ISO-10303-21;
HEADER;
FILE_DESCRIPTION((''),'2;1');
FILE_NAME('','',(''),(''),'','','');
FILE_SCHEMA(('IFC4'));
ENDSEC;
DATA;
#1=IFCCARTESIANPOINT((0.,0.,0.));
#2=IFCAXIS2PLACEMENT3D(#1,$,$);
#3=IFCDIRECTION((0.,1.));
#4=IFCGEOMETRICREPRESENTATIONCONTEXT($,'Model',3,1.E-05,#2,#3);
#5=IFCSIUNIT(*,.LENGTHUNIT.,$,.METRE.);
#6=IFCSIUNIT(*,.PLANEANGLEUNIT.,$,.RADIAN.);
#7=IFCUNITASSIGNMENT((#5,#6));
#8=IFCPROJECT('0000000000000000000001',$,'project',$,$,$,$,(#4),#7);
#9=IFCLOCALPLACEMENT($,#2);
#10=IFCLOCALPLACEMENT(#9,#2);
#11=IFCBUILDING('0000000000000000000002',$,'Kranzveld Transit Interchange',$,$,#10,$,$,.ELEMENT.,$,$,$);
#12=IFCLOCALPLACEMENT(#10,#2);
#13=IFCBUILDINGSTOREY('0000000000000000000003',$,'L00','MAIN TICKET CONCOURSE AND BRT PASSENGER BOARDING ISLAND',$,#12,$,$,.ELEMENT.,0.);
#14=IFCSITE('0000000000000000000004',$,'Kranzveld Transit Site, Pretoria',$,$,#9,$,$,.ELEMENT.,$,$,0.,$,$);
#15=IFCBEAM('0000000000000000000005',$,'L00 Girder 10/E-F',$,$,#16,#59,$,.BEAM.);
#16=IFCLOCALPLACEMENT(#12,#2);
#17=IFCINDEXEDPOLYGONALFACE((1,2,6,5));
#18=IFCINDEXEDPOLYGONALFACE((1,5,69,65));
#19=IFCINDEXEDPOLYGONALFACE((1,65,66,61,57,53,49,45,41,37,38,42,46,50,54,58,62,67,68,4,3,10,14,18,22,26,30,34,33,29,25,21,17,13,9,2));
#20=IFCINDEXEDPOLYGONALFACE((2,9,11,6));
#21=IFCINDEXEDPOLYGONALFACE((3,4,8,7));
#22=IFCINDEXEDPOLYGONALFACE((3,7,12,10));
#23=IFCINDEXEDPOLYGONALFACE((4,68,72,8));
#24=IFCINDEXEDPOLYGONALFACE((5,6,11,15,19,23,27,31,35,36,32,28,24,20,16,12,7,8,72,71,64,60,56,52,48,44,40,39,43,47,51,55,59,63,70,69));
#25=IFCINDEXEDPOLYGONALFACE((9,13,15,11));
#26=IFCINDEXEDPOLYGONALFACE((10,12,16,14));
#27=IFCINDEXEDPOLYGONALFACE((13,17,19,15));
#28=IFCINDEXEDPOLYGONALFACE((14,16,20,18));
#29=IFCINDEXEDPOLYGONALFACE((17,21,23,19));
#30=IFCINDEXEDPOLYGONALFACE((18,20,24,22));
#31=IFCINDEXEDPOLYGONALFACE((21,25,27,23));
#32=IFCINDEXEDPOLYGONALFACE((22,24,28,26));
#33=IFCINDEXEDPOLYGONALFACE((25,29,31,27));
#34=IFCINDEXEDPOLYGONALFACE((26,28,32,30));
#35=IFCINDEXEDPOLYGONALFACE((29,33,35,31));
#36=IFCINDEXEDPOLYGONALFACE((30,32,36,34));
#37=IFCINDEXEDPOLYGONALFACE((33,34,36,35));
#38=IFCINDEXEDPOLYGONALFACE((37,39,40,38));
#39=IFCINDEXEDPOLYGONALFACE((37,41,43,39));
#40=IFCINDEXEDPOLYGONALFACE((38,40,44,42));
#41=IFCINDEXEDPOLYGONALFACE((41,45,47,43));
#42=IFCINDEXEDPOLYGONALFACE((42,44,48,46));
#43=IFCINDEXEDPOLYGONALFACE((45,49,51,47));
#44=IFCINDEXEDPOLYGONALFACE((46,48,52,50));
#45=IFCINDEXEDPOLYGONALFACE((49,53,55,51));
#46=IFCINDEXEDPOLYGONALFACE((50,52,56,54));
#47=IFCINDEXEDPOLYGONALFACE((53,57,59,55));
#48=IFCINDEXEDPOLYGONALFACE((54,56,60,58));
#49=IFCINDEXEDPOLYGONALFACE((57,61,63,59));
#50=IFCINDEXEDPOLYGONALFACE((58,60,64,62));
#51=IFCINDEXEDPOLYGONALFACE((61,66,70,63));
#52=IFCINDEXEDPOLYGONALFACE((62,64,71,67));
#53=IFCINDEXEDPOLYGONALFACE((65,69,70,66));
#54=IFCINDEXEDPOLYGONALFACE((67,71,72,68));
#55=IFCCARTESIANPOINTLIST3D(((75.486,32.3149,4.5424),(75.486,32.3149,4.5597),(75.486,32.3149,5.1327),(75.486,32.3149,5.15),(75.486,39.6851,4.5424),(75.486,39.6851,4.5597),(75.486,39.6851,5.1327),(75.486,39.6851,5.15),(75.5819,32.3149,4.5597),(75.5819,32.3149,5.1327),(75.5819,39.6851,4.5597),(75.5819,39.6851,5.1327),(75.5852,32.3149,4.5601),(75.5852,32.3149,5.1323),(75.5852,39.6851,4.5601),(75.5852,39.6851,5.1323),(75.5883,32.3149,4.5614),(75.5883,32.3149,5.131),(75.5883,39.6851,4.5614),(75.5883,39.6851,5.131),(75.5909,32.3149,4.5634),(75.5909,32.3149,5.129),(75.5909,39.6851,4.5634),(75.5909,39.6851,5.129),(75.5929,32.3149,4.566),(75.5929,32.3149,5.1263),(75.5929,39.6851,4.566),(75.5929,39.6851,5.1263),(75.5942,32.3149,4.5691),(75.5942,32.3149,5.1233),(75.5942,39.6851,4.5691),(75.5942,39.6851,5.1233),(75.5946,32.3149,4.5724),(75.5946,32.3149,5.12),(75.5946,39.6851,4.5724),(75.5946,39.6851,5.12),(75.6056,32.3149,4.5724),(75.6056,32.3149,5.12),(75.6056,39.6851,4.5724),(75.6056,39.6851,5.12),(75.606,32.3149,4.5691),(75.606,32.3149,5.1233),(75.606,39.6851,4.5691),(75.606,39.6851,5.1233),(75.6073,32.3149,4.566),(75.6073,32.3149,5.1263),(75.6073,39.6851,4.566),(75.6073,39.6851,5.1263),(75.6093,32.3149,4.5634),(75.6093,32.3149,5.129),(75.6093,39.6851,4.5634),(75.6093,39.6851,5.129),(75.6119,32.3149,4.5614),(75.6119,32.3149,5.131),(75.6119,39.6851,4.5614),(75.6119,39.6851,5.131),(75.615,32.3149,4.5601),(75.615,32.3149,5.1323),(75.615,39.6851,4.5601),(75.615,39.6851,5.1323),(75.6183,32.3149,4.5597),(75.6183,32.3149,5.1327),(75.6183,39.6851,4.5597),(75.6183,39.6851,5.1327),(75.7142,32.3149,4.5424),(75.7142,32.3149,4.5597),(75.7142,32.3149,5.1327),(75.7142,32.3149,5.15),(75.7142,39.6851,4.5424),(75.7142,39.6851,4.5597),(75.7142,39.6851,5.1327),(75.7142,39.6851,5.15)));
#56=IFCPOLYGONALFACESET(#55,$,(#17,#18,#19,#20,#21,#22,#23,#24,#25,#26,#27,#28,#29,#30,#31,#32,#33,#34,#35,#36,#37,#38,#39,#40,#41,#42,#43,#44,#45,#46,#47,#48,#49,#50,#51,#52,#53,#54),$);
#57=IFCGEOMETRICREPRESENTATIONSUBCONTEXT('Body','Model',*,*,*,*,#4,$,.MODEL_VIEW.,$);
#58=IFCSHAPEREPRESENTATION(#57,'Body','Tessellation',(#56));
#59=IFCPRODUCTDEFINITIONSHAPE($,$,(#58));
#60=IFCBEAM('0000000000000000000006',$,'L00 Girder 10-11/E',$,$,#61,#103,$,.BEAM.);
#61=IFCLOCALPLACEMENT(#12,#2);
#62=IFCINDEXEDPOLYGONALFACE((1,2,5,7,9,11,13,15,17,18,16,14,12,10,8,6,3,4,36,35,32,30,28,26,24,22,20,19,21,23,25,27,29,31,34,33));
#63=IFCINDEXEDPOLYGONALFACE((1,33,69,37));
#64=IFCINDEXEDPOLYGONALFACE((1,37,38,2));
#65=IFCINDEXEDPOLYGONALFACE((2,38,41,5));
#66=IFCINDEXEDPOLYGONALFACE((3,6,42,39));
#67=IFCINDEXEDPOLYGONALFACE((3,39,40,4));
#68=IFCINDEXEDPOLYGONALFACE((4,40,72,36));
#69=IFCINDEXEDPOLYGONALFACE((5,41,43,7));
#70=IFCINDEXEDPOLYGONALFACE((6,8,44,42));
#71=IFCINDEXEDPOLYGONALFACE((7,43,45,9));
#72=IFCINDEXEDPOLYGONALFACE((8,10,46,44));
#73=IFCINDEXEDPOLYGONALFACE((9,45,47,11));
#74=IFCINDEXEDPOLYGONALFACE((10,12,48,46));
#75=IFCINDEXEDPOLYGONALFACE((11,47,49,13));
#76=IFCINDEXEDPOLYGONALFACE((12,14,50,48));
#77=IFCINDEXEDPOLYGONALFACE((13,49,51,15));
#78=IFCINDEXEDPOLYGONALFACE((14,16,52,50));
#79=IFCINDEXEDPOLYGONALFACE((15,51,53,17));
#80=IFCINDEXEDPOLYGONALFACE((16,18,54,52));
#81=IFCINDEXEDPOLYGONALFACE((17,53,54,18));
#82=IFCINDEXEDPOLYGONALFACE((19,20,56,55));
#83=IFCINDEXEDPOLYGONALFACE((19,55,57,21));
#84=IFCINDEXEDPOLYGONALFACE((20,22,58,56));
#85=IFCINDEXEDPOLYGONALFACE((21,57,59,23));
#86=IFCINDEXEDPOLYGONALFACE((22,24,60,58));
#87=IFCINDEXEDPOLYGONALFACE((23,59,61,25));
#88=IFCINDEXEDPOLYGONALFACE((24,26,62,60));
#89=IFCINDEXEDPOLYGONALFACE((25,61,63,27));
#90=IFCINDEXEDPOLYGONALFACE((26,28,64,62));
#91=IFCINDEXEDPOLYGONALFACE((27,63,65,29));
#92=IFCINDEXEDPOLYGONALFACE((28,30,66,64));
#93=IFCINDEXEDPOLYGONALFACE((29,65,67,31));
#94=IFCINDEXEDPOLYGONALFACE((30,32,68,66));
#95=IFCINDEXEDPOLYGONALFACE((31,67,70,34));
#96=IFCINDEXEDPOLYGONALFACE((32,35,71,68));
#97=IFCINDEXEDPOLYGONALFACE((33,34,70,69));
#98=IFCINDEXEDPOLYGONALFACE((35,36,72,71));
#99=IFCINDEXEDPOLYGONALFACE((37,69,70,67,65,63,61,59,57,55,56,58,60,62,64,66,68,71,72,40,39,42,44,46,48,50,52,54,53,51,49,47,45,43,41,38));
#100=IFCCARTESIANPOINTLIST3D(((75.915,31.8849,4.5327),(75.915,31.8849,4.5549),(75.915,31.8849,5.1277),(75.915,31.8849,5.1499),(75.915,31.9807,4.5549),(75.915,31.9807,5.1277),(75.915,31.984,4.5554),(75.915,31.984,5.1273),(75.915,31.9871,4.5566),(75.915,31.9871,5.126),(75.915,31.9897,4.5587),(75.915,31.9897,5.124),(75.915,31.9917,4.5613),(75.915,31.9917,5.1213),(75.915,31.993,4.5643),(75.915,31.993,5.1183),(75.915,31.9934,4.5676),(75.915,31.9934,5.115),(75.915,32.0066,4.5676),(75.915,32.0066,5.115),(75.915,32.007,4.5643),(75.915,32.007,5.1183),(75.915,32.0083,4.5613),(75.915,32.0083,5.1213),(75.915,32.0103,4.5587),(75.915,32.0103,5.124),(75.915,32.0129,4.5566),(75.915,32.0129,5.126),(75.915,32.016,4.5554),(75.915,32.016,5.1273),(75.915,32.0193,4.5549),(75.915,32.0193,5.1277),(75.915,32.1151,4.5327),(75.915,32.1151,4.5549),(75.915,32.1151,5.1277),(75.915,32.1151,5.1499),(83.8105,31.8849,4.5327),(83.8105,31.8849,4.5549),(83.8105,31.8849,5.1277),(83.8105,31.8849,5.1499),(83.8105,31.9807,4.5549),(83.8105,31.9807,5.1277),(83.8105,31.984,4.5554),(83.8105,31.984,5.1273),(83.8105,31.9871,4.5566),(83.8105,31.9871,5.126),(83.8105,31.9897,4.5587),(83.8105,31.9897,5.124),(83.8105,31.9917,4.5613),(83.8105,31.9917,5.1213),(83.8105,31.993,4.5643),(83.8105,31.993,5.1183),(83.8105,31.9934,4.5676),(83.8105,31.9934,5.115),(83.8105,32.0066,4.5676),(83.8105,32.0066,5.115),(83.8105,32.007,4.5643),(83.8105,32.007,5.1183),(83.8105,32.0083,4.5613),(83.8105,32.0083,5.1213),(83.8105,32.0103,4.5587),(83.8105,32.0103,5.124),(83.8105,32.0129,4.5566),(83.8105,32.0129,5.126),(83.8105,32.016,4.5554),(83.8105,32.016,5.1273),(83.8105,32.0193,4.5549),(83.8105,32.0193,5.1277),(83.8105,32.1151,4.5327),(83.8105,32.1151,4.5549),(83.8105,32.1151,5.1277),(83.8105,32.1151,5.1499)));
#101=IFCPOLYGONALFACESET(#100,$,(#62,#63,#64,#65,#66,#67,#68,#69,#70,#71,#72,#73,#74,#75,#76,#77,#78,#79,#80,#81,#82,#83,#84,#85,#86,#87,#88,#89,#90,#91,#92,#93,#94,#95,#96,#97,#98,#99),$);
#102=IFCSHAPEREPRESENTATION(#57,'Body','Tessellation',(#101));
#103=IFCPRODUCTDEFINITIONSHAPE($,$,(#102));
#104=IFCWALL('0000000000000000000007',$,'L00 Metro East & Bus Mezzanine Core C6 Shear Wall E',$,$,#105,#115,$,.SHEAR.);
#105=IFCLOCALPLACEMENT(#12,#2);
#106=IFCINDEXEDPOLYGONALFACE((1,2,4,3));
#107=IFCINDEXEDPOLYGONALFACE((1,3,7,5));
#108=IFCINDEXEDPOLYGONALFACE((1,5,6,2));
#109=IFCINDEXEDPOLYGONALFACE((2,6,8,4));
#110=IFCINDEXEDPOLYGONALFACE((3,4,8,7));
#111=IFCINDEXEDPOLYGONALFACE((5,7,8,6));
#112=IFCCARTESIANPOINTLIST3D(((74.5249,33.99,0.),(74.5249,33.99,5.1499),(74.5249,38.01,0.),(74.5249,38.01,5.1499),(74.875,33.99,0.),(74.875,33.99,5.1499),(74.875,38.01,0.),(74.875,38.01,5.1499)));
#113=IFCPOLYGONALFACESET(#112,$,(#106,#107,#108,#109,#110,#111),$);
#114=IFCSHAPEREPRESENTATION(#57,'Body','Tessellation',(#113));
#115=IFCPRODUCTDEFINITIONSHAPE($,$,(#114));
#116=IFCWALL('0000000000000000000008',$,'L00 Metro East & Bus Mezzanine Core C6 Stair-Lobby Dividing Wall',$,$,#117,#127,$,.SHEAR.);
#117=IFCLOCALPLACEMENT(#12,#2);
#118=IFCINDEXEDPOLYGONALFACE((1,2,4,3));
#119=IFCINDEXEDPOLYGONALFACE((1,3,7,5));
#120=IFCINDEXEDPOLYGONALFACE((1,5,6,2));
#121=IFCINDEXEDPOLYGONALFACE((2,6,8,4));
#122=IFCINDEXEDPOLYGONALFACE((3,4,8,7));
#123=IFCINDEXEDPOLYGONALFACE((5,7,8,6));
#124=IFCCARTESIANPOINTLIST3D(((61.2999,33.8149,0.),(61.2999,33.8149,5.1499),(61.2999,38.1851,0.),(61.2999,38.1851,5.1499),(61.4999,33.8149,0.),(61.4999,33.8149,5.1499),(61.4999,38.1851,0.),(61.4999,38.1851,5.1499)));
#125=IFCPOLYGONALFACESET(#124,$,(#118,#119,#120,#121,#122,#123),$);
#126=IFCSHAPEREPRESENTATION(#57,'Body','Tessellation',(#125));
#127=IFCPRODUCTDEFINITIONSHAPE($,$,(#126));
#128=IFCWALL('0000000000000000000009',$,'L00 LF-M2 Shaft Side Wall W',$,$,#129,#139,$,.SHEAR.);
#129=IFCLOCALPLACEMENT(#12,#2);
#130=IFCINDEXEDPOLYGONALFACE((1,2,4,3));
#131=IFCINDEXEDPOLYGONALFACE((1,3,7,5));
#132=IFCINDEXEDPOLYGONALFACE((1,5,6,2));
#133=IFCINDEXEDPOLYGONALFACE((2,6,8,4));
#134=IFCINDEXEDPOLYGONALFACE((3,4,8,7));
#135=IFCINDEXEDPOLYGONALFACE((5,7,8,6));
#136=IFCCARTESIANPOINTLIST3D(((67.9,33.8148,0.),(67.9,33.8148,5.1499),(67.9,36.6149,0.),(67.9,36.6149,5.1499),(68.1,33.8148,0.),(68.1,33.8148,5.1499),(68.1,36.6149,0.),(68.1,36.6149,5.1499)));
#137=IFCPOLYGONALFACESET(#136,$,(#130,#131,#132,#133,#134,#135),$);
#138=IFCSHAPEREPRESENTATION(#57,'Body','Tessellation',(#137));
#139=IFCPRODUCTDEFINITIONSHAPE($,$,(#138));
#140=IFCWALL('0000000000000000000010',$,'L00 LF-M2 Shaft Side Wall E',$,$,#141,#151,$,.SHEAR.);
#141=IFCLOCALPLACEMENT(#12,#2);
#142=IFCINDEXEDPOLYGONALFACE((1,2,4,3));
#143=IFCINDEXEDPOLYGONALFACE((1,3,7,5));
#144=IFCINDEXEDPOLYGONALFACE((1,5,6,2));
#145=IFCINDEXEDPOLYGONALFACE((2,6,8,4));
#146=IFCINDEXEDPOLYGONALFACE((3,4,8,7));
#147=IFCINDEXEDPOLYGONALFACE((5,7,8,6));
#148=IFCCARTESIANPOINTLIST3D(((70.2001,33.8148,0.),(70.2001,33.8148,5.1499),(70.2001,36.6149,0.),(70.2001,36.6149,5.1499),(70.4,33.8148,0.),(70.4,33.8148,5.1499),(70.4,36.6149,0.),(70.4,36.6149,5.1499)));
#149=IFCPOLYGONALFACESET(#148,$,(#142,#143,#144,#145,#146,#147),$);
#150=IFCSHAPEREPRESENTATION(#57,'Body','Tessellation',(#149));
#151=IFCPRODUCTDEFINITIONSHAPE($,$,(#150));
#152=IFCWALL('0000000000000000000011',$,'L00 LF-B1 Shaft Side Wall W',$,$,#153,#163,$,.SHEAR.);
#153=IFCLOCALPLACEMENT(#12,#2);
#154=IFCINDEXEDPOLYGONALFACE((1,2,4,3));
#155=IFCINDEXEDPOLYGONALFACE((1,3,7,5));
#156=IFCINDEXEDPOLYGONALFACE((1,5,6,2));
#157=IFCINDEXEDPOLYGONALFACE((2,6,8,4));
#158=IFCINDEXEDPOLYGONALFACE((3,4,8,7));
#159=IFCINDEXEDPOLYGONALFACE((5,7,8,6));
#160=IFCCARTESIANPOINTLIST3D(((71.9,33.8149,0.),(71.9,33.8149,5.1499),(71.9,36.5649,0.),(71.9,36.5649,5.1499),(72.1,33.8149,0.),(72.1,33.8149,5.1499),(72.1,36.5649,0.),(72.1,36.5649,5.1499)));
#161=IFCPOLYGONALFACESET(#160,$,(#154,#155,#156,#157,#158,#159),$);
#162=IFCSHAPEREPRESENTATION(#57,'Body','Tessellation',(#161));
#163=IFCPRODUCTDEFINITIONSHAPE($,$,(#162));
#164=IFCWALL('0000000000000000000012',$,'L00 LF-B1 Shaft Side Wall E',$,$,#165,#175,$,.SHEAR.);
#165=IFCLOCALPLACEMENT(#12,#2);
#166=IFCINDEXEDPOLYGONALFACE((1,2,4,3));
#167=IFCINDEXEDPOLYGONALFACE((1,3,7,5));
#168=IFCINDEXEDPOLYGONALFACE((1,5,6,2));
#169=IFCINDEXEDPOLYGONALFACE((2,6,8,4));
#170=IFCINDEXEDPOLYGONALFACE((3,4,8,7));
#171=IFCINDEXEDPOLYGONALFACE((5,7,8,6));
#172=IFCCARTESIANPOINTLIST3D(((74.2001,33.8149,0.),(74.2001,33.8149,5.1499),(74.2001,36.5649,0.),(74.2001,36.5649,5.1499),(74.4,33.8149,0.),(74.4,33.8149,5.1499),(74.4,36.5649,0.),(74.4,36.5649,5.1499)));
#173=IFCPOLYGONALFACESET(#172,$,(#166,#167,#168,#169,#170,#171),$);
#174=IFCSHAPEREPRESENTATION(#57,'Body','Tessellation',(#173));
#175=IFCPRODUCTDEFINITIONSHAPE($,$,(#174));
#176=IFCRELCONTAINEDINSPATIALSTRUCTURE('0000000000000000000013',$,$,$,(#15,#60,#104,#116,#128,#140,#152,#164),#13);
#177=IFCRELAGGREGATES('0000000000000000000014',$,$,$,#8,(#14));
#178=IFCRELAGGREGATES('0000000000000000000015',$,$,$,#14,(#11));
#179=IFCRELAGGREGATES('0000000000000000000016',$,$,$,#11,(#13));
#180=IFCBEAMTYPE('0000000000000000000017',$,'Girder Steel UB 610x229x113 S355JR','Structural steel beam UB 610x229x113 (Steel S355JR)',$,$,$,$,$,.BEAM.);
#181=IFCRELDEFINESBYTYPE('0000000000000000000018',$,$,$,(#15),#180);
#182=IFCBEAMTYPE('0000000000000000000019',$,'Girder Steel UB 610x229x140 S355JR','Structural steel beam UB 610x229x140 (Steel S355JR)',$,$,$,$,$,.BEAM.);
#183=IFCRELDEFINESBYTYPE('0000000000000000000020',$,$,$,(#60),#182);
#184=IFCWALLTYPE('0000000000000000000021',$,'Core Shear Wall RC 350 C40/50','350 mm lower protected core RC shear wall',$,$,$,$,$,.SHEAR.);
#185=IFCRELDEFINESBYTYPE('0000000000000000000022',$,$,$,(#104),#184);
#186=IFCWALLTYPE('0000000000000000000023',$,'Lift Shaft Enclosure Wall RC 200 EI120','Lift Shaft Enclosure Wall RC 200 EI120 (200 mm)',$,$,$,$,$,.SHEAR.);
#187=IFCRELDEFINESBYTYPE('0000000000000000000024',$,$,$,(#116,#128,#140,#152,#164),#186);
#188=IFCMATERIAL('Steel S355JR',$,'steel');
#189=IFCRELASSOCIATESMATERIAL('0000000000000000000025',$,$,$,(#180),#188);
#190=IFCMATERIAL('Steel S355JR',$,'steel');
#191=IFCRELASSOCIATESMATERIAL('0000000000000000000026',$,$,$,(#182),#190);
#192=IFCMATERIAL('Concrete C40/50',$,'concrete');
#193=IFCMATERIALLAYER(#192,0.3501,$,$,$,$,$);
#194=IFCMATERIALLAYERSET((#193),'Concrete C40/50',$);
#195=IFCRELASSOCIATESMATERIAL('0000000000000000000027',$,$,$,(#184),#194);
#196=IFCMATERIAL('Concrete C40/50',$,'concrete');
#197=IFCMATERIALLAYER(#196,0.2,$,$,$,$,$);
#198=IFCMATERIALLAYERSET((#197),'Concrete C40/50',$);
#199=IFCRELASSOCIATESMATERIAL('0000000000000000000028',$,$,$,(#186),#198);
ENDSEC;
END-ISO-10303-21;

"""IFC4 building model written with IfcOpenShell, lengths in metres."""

from ifc_helpers import new_model, si_unit, direction, frame, frame_2d, origin, origin_2d, place, context, subcontext, project, spatial, rectangle, i_section, extrude, material, layer, layer_set, material_profile, profile_set, type_object, element, save


model = new_model("IFC4")

# Units and contexts
model_context = context("Model", 3, precision=1e-05, world=origin(), true_north=direction((0.0, 1.0)))
body_context = subcontext(model_context, "Body", "Model", "MODEL_VIEW")
ifc_project = project(units=[si_unit("LENGTHUNIT", "METRE"), si_unit("PLANEANGLEUNIT", "RADIAN")], contexts=[model_context])

# Site, building, storey
site_placement = place(None, origin())
site = spatial("IfcSite", under=ifc_project, at=site_placement, Name="Kranzveld Transit Site, Pretoria", CompositionType="ELEMENT", RefElevation=0.0)
building_placement = place(site_placement, origin())
building = spatial("IfcBuilding", under=site, at=building_placement, Name="Kranzveld Transit Interchange", CompositionType="ELEMENT")
storey_placement = place(building_placement, origin())
storey = spatial("IfcBuildingStorey", under=building, at=storey_placement, Name="L00", Description="MAIN TICKET CONCOURSE AND BRT PASSENGER BOARDING ISLAND", CompositionType="ELEMENT", Elevation=0.0)

# Beams
ifc_material_1 = material(Name="Steel S355JR", Category="steel")
ifc_material_profile_1 = material_profile(ifc_material_1, i_section(OverallWidth=0.2283, OverallDepth=0.6077, WebThickness=0.011, FlangeThickness=0.0173, FilletRadius=0.0127, at=origin_2d()), Name="UB 610x229x113")
ifc_profile_set_1 = profile_set([ifc_material_profile_1], Name="Steel S355JR")
beam_type_1 = type_object("IfcBeamType", Name="Girder Steel UB 610x229x113 S355JR", Description="Structural steel beam UB 610x229x113 (Steel S355JR)", PredefinedType="BEAM", material=ifc_profile_set_1)
beam_1_placement = place(storey_placement, frame((75.6001, 32.3149, 4.8462), z_axis=(0.0, 1.0, 0.0), x_axis=(-1.0, 0.0, 0.0)))
element("IfcBeam", 1, at=beam_1_placement, inside=storey, type_object=beam_type_1, Name="L00 Girder 10/E-F", PredefinedType="BEAM", context=body_context, shape_type="SweptSolid", body=[
    extrude(i_section(OverallWidth=0.2283, OverallDepth=0.6077, WebThickness=0.011, FlangeThickness=0.0173, FilletRadius=0.0127, at=origin_2d()), origin(), (0.0, 0.0, 1.0), 7.3701),
])
ifc_material_2 = material(Name="Steel S355JR", Category="steel")
ifc_material_profile_2 = material_profile(ifc_material_2, i_section(OverallWidth=0.2302, OverallDepth=0.6172, WebThickness=0.0132, FlangeThickness=0.0222, FilletRadius=0.0127, at=origin_2d()), Name="UB 610x229x140")
ifc_profile_set_2 = profile_set([ifc_material_profile_2], Name="Steel S355JR")
beam_type_2 = type_object("IfcBeamType", Name="Girder Steel UB 610x229x140 S355JR", Description="Structural steel beam UB 610x229x140 (Steel S355JR)", PredefinedType="BEAM", material=ifc_profile_set_2)
beam_2_placement = place(storey_placement, frame((75.915, 32.0, 4.8413), z_axis=(1.0, 0.0, 0.0), x_axis=(0.0, 1.0, 0.0)))
element("IfcBeam", 2, at=beam_2_placement, inside=storey, type_object=beam_type_2, Name="L00 Girder 10-11/E", PredefinedType="BEAM", context=body_context, shape_type="SweptSolid", body=[
    extrude(i_section(OverallWidth=0.2302, OverallDepth=0.6172, WebThickness=0.0132, FlangeThickness=0.0222, FilletRadius=0.0127, at=origin_2d()), origin(), (0.0, 0.0, 1.0), 7.8955),
])

# Walls
ifc_material_3 = material(Name="Concrete C40/50", Category="concrete")
ifc_layer_1 = layer(ifc_material_3, 0.3501)
ifc_layer_set_1 = layer_set([ifc_layer_1], Name="Concrete C40/50")
wall_type_1 = type_object("IfcWallType", Name="Core Shear Wall RC 350 C40/50", Description="350 mm lower protected core RC shear wall", PredefinedType="SHEAR", material=ifc_layer_set_1)
wall_1_placement = place(storey_placement, frame((74.7, 33.99, 0.0), z_axis=(0.0, 0.0, 1.0), x_axis=(0.0, 1.0, 0.0)))
element("IfcWall", 3, at=wall_1_placement, inside=storey, type_object=wall_type_1, Name="L00 Metro East & Bus Mezzanine Core C6 Shear Wall E", PredefinedType="SHEAR", context=body_context, shape_type="SweptSolid", body=[
    extrude(rectangle(XDim=4.02, YDim=0.3501, at=frame_2d((2.01, 0.0))), origin(), (0.0, 0.0, 1.0), 5.1499),
])
ifc_material_4 = material(Name="Concrete C40/50", Category="concrete")
ifc_layer_2 = layer(ifc_material_4, 0.2)
ifc_layer_set_2 = layer_set([ifc_layer_2], Name="Concrete C40/50")
wall_type_2 = type_object("IfcWallType", Name="Lift Shaft Enclosure Wall RC 200 EI120", Description="Lift Shaft Enclosure Wall RC 200 EI120 (200 mm)", PredefinedType="SHEAR", material=ifc_layer_set_2)
wall_2_placement = place(storey_placement, frame((61.3999, 33.8149, 0.0), z_axis=(0.0, 0.0, 1.0), x_axis=(0.0, 1.0, 0.0)))
element("IfcWall", 4, at=wall_2_placement, inside=storey, type_object=wall_type_2, Name="L00 Metro East & Bus Mezzanine Core C6 Stair-Lobby Dividing Wall", PredefinedType="SHEAR", context=body_context, shape_type="SweptSolid", body=[
    extrude(rectangle(XDim=4.3701, YDim=0.2, at=frame_2d((2.1851, 0.0))), origin(), (0.0, 0.0, 1.0), 5.1499),
])

# Walls
for number, where, z_axis, x_axis, name in (
    (5, (68.0, 33.8149, 0.0), (0.0, 0.0, 1.0), (0.0, 1.0, 0.0), "L00 LF-M2 Shaft Side Wall W"),
    (6, (70.3, 33.8149, 0.0), (0.0, 0.0, 1.0), (0.0, 1.0, 0.0), "L00 LF-M2 Shaft Side Wall E"),
):
    element("IfcWall", number, at=place(storey_placement, frame(where, z_axis=z_axis, x_axis=x_axis)), inside=storey, type_object=wall_type_2, Name=name, PredefinedType="SHEAR", context=body_context, shape_type="SweptSolid", body=[
        extrude(rectangle(XDim=2.8, YDim=0.2, at=frame_2d((1.3999, 0.0))), origin(), (0.0, 0.0, 1.0), 5.1499),
    ])

# Walls
for number, where, z_axis, x_axis, name in (
    (7, (72.0, 33.8149, 0.0), (0.0, 0.0, 1.0), (0.0, 1.0, 0.0), "L00 LF-B1 Shaft Side Wall W"),
    (8, (74.3, 33.8149, 0.0), (0.0, 0.0, 1.0), (0.0, 1.0, 0.0), "L00 LF-B1 Shaft Side Wall E"),
):
    element("IfcWall", number, at=place(storey_placement, frame(where, z_axis=z_axis, x_axis=x_axis)), inside=storey, type_object=wall_type_2, Name=name, PredefinedType="SHEAR", context=body_context, shape_type="SweptSolid", body=[
        extrude(rectangle(XDim=2.75, YDim=0.2, at=frame_2d((1.375, 0.0))), origin(), (0.0, 0.0, 1.0), 5.1499),
    ])

save(model, "model.ifc")
